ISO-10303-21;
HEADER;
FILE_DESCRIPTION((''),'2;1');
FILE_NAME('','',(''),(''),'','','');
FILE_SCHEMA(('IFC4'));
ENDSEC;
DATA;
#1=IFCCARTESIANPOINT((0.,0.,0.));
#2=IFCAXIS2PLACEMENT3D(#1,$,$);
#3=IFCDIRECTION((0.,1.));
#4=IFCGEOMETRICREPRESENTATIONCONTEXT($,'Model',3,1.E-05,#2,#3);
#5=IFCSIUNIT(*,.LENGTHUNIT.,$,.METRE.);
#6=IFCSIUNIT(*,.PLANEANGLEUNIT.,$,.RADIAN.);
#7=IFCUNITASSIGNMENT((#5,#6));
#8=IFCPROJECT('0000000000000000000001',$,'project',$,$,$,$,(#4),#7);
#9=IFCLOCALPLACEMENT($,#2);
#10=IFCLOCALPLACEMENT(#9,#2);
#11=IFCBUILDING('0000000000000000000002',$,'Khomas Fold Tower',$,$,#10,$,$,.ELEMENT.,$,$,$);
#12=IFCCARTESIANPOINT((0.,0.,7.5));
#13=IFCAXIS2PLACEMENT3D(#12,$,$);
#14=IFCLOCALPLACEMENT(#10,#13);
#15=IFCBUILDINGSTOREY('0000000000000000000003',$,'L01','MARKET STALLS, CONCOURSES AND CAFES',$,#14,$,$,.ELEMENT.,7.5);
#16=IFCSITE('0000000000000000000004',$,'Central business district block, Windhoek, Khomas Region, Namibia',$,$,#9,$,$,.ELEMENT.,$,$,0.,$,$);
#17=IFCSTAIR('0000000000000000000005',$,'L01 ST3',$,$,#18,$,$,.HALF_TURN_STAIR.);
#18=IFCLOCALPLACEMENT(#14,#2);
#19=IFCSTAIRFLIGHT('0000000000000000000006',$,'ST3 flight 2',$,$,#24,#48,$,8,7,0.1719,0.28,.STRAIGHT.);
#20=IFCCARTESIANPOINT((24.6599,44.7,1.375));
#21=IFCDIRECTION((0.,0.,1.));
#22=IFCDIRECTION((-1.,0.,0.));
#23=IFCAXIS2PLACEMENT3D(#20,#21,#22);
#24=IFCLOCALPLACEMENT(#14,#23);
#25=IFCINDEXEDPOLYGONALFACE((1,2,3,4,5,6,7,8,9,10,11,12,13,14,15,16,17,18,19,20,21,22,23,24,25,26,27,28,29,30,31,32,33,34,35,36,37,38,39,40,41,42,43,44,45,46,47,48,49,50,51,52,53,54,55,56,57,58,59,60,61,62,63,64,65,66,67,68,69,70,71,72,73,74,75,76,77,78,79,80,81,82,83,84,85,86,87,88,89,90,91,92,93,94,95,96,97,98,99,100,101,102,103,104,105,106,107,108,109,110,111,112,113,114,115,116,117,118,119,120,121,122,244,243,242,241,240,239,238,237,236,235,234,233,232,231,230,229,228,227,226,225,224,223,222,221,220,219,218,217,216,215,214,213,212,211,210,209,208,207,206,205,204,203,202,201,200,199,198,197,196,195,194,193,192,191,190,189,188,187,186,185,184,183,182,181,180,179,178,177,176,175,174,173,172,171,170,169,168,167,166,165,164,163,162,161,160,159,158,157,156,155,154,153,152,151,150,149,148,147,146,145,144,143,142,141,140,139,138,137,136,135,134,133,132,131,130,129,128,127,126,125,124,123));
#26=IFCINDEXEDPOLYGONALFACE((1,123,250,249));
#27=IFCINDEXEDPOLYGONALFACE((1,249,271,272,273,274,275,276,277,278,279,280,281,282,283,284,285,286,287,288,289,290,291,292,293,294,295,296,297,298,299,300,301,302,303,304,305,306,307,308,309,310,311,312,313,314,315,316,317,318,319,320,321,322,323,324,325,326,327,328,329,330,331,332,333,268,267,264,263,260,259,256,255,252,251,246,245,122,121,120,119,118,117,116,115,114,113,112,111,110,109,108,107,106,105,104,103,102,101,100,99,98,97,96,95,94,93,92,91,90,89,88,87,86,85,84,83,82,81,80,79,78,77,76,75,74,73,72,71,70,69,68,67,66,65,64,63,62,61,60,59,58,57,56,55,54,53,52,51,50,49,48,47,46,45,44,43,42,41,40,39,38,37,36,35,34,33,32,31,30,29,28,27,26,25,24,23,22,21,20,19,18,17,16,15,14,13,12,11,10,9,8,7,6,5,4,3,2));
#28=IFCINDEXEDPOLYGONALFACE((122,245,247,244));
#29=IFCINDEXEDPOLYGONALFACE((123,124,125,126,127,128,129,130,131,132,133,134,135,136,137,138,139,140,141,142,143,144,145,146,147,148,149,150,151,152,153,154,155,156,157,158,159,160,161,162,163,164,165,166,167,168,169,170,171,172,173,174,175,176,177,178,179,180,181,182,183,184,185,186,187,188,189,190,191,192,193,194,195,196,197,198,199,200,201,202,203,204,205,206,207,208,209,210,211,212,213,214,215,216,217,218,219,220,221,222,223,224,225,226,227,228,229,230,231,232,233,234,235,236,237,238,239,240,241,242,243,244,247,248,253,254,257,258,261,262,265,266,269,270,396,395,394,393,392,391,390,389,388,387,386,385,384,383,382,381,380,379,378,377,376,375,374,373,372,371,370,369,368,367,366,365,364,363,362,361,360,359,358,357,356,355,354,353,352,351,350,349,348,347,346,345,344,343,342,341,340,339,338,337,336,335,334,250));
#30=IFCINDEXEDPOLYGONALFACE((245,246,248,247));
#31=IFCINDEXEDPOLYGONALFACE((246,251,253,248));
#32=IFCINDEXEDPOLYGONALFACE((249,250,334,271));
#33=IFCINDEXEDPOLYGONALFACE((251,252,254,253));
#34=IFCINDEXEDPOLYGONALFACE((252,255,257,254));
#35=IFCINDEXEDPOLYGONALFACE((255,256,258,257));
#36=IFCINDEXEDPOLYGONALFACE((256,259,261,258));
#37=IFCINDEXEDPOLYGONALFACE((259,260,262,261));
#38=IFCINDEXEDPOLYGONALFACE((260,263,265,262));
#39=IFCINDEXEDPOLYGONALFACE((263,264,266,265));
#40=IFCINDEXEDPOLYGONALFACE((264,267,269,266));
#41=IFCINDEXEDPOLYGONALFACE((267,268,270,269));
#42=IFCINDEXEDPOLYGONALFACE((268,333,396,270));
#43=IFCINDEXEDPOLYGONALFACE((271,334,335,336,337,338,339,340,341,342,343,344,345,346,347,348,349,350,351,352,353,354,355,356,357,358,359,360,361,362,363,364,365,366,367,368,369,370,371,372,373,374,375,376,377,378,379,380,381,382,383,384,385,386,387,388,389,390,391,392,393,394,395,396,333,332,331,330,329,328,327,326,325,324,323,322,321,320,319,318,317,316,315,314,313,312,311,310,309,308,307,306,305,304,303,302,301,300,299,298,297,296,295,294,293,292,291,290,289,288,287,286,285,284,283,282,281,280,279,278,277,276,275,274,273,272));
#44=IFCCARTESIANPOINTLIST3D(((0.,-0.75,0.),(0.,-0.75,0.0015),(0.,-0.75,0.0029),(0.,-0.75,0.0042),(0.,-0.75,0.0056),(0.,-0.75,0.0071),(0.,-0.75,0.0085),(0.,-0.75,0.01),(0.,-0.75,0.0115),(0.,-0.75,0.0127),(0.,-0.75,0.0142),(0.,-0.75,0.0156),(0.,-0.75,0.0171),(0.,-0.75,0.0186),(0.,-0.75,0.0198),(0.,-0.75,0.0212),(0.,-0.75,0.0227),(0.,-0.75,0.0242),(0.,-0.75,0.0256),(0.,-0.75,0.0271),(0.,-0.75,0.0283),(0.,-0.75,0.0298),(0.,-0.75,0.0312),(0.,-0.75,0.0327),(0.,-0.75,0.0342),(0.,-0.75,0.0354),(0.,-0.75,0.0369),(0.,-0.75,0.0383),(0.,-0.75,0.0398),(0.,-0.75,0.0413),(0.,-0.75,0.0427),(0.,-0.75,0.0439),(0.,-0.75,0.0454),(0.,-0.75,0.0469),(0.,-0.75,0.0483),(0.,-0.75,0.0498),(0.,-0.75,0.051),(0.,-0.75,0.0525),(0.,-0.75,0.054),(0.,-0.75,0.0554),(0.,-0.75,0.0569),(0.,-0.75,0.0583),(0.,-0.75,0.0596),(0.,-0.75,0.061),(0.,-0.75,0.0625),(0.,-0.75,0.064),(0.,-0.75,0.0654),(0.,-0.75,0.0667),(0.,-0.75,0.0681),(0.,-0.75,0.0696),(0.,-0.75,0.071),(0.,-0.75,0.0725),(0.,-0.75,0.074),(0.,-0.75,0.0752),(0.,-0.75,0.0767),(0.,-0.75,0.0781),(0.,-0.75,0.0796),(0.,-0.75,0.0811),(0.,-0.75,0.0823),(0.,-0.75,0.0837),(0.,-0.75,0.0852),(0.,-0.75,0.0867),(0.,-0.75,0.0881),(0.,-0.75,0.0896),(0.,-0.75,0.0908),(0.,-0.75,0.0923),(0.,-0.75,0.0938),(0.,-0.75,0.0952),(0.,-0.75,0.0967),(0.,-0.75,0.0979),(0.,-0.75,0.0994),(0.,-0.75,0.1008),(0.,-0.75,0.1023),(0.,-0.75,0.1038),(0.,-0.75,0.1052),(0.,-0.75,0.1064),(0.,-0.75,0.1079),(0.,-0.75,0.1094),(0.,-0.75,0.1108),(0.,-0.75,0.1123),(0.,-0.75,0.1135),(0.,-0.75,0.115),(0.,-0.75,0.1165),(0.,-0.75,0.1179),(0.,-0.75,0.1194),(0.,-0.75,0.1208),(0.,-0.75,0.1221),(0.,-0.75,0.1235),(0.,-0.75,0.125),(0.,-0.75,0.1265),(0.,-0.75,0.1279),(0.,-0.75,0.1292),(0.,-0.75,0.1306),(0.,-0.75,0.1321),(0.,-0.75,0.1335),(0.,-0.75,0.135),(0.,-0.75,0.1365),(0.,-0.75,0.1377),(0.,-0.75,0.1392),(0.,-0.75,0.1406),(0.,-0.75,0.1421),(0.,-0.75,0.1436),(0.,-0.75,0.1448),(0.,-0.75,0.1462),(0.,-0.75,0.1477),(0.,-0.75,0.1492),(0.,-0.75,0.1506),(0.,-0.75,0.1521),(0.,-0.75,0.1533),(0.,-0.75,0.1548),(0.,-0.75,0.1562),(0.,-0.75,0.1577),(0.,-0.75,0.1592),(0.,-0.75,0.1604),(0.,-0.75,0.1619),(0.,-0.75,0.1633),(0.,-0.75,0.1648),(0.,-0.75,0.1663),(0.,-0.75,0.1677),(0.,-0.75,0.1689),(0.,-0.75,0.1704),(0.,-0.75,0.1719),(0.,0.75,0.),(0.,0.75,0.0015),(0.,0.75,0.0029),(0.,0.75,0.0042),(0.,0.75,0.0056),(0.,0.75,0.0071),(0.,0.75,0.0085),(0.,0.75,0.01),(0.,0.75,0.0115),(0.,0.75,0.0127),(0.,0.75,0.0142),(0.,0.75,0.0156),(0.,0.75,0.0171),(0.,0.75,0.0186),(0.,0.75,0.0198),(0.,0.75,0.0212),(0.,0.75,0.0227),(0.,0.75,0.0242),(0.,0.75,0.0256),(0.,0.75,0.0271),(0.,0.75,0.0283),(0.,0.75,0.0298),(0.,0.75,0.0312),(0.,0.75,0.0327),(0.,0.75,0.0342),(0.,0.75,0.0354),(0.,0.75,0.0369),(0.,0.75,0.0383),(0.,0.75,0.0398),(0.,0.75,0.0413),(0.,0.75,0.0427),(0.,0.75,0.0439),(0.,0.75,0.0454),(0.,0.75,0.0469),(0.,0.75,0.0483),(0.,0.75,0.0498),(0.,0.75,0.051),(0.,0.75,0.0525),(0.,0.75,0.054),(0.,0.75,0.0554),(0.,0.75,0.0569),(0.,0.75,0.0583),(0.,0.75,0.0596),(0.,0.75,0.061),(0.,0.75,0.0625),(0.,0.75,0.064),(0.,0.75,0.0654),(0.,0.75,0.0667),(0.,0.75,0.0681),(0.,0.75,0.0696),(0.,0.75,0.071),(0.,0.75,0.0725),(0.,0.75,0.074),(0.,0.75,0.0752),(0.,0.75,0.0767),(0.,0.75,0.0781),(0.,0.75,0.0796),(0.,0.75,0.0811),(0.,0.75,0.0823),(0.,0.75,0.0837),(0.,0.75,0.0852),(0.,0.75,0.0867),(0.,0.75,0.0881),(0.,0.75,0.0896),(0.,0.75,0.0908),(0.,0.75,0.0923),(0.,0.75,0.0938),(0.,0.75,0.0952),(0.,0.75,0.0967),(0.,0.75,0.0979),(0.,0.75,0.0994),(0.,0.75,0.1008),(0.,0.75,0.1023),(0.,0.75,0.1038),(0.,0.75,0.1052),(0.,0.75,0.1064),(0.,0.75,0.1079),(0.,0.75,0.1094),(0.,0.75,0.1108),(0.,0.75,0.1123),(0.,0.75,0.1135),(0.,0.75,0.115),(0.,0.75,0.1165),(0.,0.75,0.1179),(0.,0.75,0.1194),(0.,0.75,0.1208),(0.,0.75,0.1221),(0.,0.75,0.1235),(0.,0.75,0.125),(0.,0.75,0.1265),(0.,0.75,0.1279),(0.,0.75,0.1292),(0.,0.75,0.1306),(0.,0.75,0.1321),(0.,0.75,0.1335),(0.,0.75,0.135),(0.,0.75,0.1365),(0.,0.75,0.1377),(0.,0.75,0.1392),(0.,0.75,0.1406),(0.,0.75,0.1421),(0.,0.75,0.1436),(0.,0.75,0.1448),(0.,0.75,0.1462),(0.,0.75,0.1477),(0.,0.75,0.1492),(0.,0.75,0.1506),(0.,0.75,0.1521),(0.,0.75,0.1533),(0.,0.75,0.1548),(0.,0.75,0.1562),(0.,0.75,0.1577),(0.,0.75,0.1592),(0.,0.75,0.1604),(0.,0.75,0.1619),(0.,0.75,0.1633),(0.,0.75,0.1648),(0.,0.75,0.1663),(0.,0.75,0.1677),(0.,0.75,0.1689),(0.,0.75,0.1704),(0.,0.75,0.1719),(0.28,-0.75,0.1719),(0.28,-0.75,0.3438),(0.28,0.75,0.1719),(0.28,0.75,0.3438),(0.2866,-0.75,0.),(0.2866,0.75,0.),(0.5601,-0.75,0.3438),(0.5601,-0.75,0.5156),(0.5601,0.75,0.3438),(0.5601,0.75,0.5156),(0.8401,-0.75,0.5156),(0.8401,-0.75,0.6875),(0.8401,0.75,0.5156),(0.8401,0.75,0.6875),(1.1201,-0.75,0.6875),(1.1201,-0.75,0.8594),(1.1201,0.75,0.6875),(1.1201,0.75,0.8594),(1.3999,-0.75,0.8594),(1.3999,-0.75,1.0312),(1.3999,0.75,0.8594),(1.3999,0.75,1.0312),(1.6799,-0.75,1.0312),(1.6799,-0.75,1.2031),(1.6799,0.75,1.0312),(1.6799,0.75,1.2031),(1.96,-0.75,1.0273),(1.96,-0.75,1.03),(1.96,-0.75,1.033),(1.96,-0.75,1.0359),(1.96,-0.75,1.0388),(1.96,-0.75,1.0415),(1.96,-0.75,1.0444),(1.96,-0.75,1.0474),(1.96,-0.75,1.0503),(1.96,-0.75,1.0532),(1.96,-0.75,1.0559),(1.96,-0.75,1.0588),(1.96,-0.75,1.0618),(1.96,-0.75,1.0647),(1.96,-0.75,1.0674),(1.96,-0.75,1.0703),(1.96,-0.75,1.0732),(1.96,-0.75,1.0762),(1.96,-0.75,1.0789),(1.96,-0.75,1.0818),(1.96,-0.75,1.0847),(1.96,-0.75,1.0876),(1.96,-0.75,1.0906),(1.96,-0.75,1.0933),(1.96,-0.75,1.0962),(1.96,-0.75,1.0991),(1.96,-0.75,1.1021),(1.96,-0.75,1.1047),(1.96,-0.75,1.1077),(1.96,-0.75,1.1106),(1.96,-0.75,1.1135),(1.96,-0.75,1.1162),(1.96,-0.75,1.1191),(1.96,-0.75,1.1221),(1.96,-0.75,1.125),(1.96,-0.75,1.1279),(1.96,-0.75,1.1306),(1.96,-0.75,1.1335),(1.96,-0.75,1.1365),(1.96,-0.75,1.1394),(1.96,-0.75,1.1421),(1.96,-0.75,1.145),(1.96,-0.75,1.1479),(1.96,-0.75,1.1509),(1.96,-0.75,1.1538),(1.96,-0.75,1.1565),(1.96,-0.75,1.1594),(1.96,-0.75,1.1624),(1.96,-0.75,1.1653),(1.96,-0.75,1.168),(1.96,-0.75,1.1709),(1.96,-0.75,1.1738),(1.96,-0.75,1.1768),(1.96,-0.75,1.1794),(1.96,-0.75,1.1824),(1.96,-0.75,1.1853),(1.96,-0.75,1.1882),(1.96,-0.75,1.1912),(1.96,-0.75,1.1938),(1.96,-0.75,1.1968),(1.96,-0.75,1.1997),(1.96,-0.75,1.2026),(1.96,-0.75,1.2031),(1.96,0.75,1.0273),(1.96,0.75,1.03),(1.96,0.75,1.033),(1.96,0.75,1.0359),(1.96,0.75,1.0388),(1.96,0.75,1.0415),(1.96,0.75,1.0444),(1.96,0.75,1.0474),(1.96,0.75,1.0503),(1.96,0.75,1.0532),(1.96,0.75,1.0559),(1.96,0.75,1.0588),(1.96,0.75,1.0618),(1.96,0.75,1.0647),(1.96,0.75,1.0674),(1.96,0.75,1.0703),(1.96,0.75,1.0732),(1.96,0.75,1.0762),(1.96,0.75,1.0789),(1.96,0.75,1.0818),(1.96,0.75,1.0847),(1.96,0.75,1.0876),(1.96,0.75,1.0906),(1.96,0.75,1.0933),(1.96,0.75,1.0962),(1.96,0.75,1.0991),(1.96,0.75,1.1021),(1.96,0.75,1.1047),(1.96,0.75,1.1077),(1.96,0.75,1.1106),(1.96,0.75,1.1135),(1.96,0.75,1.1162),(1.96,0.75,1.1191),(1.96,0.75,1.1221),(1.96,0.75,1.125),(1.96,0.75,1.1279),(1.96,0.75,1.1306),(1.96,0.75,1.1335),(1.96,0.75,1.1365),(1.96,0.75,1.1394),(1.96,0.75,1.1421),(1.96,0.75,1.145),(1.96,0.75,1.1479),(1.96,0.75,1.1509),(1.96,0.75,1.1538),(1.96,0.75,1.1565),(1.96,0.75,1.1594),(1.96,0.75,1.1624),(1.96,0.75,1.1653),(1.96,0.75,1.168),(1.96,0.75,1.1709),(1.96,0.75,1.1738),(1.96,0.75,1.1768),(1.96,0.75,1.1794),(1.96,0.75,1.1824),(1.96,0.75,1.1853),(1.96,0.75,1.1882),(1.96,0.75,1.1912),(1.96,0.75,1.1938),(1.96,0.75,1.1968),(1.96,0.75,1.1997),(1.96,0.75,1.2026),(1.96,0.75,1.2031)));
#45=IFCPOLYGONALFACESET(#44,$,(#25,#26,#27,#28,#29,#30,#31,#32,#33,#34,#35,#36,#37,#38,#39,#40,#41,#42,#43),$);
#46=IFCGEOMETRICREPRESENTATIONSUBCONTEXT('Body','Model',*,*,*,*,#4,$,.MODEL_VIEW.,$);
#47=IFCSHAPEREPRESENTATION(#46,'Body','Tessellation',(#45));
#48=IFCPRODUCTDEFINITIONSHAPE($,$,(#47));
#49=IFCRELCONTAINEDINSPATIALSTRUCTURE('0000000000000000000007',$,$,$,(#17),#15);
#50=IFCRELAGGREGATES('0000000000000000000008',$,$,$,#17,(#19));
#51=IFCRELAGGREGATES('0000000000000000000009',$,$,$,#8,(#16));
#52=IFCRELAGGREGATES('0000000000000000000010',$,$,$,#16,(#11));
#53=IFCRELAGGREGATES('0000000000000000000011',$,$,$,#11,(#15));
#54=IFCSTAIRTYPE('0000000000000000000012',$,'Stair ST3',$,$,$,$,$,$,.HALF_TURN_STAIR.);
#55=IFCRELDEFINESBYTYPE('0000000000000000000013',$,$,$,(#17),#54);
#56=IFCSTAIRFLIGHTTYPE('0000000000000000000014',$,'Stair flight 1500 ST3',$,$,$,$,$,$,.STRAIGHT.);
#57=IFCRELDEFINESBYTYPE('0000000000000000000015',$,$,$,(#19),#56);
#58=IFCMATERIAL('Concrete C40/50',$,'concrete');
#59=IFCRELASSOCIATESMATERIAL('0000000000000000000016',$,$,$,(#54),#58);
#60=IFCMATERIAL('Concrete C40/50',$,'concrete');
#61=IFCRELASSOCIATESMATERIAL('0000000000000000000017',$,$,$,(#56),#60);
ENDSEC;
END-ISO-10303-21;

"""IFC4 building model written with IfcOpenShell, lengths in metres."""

from ifc_helpers import new_model, si_unit, direction, frame, origin, place, context, subcontext, project, spatial, polyline, outline, extrude, source, transform, mapped, material, type_object, element, aggregate, save


model = new_model("IFC4")

# Units and contexts
model_context = context("Model", 3, precision=1e-05, world=origin(), true_north=direction((0.0, 1.0)))
body_context = subcontext(model_context, "Body", "Model", "MODEL_VIEW")
ifc_project = project(units=[si_unit("LENGTHUNIT", "METRE"), si_unit("PLANEANGLEUNIT", "RADIAN")], contexts=[model_context])

# Site, building, storey
site_placement = place(None, origin())
site = spatial("IfcSite", under=ifc_project, at=site_placement, Name="Central business district block, Windhoek, Khomas Region, Namibia", CompositionType="ELEMENT", RefElevation=0.0)
building_placement = place(site_placement, origin())
building = spatial("IfcBuilding", under=site, at=building_placement, Name="Khomas Fold Tower", CompositionType="ELEMENT")
storey_placement = place(building_placement, frame((0.0, 0.0, 7.5)))
storey = spatial("IfcBuildingStorey", under=building, at=storey_placement, Name="L01", Description="MARKET STALLS, CONCOURSES AND CAFES", CompositionType="ELEMENT", Elevation=7.5)

# Stair, stair flight
shared_shape_1 = source(origin(), body_context, "Body", "SweptSolid", [
    extrude(outline(polyline([(0.0, 0.0), (0.0, 0.0015), (0.0, 0.0029), (0.0, 0.0042), (0.0, 0.0056), (0.0, 0.0071), (0.0, 0.0085), (0.0, 0.01), (0.0, 0.0115), (0.0, 0.0127), (0.0, 0.0142), (0.0, 0.0156), (0.0, 0.0171), (0.0, 0.0186), (0.0, 0.0198), (0.0, 0.0212), (0.0, 0.0227), (0.0, 0.0242), (0.0, 0.0256), (0.0, 0.0271), (0.0, 0.0283), (0.0, 0.0298), (0.0, 0.0312), (0.0, 0.0327), (0.0, 0.0342), (0.0, 0.0354), (0.0, 0.0369), (0.0, 0.0383), (0.0, 0.0398), (0.0, 0.0413), (0.0, 0.0427), (0.0, 0.0439), (0.0, 0.0454), (0.0, 0.0469), (0.0, 0.0483), (0.0, 0.0498), (0.0, 0.051), (0.0, 0.0525), (0.0, 0.054), (0.0, 0.0554), (0.0, 0.0569), (0.0, 0.0583), (0.0, 0.0596), (0.0, 0.061), (0.0, 0.0625), (0.0, 0.064), (0.0, 0.0654), (0.0, 0.0667), (0.0, 0.0681), (0.0, 0.0696), (0.0, 0.071), (0.0, 0.0725), (0.0, 0.074), (0.0, 0.0752), (0.0, 0.0767), (0.0, 0.0781), (0.0, 0.0796), (0.0, 0.0811), (0.0, 0.0823), (0.0, 0.0837), (0.0, 0.0852), (0.0, 0.0867), (0.0, 0.0881), (0.0, 0.0896), (0.0, 0.0908), (0.0, 0.0923), (0.0, 0.0938), (0.0, 0.0952), (0.0, 0.0967), (0.0, 0.0979), (0.0, 0.0994), (0.0, 0.1008), (0.0, 0.1023), (0.0, 0.1038), (0.0, 0.1052), (0.0, 0.1064), (0.0, 0.1079), (0.0, 0.1094), (0.0, 0.1108), (0.0, 0.1123), (0.0, 0.1135), (0.0, 0.115), (0.0, 0.1165), (0.0, 0.1179), (0.0, 0.1194), (0.0, 0.1208), (0.0, 0.1221), (0.0, 0.1235), (0.0, 0.125), (0.0, 0.1265), (0.0, 0.1279), (0.0, 0.1292), (0.0, 0.1306), (0.0, 0.1321), (0.0, 0.1335), (0.0, 0.135), (0.0, 0.1365), (0.0, 0.1377), (0.0, 0.1392), (0.0, 0.1406), (0.0, 0.1421), (0.0, 0.1436), (0.0, 0.1448), (0.0, 0.1462), (0.0, 0.1477), (0.0, 0.1492), (0.0, 0.1506), (0.0, 0.1521), (0.0, 0.1533), (0.0, 0.1548), (0.0, 0.1562), (0.0, 0.1577), (0.0, 0.1592), (0.0, 0.1604), (0.0, 0.1619), (0.0, 0.1633), (0.0, 0.1648), (0.0, 0.1663), (0.0, 0.1677), (0.0, 0.1689), (0.0, 0.1704), (0.0, 0.1719), (0.28, 0.1719), (0.28, 0.3438), (0.5601, 0.3438), (0.5601, 0.5156), (0.8401, 0.5156), (0.8401, 0.6875), (1.1201, 0.6875), (1.1201, 0.8594), (1.3999, 0.8594), (1.3999, 1.0312), (1.6799, 1.0312), (1.6799, 1.2031), (1.96, 1.2031), (1.96, 1.375), (1.96, 1.3721), (1.96, 1.3691), (1.96, 1.3665), (1.96, 1.3635), (1.96, 1.3606), (1.96, 1.3577), (1.96, 1.355), (1.96, 1.3521), (1.96, 1.3491), (1.96, 1.3462), (1.96, 1.3435), (1.96, 1.3406), (1.96, 1.3376), (1.96, 1.3347), (1.96, 1.3318), (1.96, 1.3291), (1.96, 1.3262), (1.96, 1.3232), (1.96, 1.3203), (1.96, 1.3176), (1.96, 1.3147), (1.96, 1.3118), (1.96, 1.3088), (1.96, 1.3059), (1.96, 1.3032), (1.96, 1.3003), (1.96, 1.2974), (1.96, 1.2944), (1.96, 1.2917), (1.96, 1.2888), (1.96, 1.2859), (1.96, 1.283), (1.96, 1.2803), (1.96, 1.2773), (1.96, 1.2744), (1.96, 1.2715), (1.96, 1.2686), (1.96, 1.2659), (1.96, 1.2629), (1.96, 1.26), (1.96, 1.2571), (1.96, 1.2544), (1.96, 1.2515), (1.96, 1.2485), (1.96, 1.2456), (1.96, 1.2427), (1.96, 1.24), (1.96, 1.2371), (1.96, 1.2341), (1.96, 1.2312), (1.96, 1.2285), (1.96, 1.2256), (1.96, 1.2227), (1.96, 1.2197), (1.96, 1.217), (1.96, 1.2141), (1.96, 1.2112), (1.96, 1.2083), (1.96, 1.2053), (1.96, 1.2026), (1.96, 1.1997), (1.96, 1.1968), (1.96, 1.1938), (1.96, 1.1912), (1.96, 1.1882), (1.96, 1.1853), (1.96, 1.1824), (1.96, 1.1794), (1.96, 1.1768), (1.96, 1.1738), (1.96, 1.1709), (1.96, 1.168), (1.96, 1.1653), (1.96, 1.1624), (1.96, 1.1594), (1.96, 1.1565), (1.96, 1.1538), (1.96, 1.1509), (1.96, 1.1479), (1.96, 1.145), (1.96, 1.1421), (1.96, 1.1394), (1.96, 1.1365), (1.96, 1.1335), (1.96, 1.1306), (1.96, 1.1279), (1.96, 1.125), (1.96, 1.1221), (1.96, 1.1191), (1.96, 1.1162), (1.96, 1.1135), (1.96, 1.1106), (1.96, 1.1077), (1.96, 1.1047), (1.96, 1.1021), (1.96, 1.0991), (1.96, 1.0962), (1.96, 1.0933), (1.96, 1.0906), (1.96, 1.0876), (1.96, 1.0847), (1.96, 1.0818), (1.96, 1.0789), (1.96, 1.0762), (1.96, 1.0732), (1.96, 1.0703), (1.96, 1.0674), (1.96, 1.0647), (1.96, 1.0618), (1.96, 1.0588), (1.96, 1.0559), (1.96, 1.0532), (1.96, 1.0503), (1.96, 1.0474), (1.96, 1.0444), (1.96, 1.0415), (1.96, 1.0388), (1.96, 1.0359), (1.96, 1.033), (1.96, 1.03), (1.96, 1.0273), (0.2866, 0.0), (0.0, 0.0)])), frame((0.0, 0.75, 0.0), z_axis=(0.0, -1.0, 0.0), x_axis=(1.0, 0.0, 0.0)), (0.0, 0.0, 1.0), 1.5),
])
ifc_material_1 = material(Name="Concrete C40/50", Category="concrete")
stair_type_1 = type_object("IfcStairType", Name="Stair ST3", PredefinedType="HALF_TURN_STAIR", material=ifc_material_1)
stair_1_placement = place(storey_placement, origin())
stair_1 = element("IfcStair", 1, at=stair_1_placement, inside=storey, type_object=stair_type_1, Name="L01 ST3", PredefinedType="HALF_TURN_STAIR")
ifc_material_2 = material(Name="Concrete C40/50", Category="concrete")
stair_flight_type_1 = type_object("IfcStairFlightType", Name="Stair flight 1500 ST3", PredefinedType="STRAIGHT", material=ifc_material_2)
stair_flight_1_placement = place(storey_placement, frame((24.6599, 44.7, 1.375), z_axis=(0.0, 0.0, 1.0), x_axis=(-1.0, 0.0, 0.0)))
stair_flight_1 = element("IfcStairFlight", 2, at=stair_flight_1_placement, type_object=stair_flight_type_1, Name="ST3 flight 2", NumberOfRisers=8, NumberOfTreads=7, PredefinedType="STRAIGHT", RiserHeight=0.1719, TreadLength=0.28, context=body_context, shape_type="MappedRepresentation", body=[
    mapped(shared_shape_1, transform((0.0, 0.0, 0.0))),
])
aggregate(stair_1, [stair_flight_1])

save(model, "model.ifc")
